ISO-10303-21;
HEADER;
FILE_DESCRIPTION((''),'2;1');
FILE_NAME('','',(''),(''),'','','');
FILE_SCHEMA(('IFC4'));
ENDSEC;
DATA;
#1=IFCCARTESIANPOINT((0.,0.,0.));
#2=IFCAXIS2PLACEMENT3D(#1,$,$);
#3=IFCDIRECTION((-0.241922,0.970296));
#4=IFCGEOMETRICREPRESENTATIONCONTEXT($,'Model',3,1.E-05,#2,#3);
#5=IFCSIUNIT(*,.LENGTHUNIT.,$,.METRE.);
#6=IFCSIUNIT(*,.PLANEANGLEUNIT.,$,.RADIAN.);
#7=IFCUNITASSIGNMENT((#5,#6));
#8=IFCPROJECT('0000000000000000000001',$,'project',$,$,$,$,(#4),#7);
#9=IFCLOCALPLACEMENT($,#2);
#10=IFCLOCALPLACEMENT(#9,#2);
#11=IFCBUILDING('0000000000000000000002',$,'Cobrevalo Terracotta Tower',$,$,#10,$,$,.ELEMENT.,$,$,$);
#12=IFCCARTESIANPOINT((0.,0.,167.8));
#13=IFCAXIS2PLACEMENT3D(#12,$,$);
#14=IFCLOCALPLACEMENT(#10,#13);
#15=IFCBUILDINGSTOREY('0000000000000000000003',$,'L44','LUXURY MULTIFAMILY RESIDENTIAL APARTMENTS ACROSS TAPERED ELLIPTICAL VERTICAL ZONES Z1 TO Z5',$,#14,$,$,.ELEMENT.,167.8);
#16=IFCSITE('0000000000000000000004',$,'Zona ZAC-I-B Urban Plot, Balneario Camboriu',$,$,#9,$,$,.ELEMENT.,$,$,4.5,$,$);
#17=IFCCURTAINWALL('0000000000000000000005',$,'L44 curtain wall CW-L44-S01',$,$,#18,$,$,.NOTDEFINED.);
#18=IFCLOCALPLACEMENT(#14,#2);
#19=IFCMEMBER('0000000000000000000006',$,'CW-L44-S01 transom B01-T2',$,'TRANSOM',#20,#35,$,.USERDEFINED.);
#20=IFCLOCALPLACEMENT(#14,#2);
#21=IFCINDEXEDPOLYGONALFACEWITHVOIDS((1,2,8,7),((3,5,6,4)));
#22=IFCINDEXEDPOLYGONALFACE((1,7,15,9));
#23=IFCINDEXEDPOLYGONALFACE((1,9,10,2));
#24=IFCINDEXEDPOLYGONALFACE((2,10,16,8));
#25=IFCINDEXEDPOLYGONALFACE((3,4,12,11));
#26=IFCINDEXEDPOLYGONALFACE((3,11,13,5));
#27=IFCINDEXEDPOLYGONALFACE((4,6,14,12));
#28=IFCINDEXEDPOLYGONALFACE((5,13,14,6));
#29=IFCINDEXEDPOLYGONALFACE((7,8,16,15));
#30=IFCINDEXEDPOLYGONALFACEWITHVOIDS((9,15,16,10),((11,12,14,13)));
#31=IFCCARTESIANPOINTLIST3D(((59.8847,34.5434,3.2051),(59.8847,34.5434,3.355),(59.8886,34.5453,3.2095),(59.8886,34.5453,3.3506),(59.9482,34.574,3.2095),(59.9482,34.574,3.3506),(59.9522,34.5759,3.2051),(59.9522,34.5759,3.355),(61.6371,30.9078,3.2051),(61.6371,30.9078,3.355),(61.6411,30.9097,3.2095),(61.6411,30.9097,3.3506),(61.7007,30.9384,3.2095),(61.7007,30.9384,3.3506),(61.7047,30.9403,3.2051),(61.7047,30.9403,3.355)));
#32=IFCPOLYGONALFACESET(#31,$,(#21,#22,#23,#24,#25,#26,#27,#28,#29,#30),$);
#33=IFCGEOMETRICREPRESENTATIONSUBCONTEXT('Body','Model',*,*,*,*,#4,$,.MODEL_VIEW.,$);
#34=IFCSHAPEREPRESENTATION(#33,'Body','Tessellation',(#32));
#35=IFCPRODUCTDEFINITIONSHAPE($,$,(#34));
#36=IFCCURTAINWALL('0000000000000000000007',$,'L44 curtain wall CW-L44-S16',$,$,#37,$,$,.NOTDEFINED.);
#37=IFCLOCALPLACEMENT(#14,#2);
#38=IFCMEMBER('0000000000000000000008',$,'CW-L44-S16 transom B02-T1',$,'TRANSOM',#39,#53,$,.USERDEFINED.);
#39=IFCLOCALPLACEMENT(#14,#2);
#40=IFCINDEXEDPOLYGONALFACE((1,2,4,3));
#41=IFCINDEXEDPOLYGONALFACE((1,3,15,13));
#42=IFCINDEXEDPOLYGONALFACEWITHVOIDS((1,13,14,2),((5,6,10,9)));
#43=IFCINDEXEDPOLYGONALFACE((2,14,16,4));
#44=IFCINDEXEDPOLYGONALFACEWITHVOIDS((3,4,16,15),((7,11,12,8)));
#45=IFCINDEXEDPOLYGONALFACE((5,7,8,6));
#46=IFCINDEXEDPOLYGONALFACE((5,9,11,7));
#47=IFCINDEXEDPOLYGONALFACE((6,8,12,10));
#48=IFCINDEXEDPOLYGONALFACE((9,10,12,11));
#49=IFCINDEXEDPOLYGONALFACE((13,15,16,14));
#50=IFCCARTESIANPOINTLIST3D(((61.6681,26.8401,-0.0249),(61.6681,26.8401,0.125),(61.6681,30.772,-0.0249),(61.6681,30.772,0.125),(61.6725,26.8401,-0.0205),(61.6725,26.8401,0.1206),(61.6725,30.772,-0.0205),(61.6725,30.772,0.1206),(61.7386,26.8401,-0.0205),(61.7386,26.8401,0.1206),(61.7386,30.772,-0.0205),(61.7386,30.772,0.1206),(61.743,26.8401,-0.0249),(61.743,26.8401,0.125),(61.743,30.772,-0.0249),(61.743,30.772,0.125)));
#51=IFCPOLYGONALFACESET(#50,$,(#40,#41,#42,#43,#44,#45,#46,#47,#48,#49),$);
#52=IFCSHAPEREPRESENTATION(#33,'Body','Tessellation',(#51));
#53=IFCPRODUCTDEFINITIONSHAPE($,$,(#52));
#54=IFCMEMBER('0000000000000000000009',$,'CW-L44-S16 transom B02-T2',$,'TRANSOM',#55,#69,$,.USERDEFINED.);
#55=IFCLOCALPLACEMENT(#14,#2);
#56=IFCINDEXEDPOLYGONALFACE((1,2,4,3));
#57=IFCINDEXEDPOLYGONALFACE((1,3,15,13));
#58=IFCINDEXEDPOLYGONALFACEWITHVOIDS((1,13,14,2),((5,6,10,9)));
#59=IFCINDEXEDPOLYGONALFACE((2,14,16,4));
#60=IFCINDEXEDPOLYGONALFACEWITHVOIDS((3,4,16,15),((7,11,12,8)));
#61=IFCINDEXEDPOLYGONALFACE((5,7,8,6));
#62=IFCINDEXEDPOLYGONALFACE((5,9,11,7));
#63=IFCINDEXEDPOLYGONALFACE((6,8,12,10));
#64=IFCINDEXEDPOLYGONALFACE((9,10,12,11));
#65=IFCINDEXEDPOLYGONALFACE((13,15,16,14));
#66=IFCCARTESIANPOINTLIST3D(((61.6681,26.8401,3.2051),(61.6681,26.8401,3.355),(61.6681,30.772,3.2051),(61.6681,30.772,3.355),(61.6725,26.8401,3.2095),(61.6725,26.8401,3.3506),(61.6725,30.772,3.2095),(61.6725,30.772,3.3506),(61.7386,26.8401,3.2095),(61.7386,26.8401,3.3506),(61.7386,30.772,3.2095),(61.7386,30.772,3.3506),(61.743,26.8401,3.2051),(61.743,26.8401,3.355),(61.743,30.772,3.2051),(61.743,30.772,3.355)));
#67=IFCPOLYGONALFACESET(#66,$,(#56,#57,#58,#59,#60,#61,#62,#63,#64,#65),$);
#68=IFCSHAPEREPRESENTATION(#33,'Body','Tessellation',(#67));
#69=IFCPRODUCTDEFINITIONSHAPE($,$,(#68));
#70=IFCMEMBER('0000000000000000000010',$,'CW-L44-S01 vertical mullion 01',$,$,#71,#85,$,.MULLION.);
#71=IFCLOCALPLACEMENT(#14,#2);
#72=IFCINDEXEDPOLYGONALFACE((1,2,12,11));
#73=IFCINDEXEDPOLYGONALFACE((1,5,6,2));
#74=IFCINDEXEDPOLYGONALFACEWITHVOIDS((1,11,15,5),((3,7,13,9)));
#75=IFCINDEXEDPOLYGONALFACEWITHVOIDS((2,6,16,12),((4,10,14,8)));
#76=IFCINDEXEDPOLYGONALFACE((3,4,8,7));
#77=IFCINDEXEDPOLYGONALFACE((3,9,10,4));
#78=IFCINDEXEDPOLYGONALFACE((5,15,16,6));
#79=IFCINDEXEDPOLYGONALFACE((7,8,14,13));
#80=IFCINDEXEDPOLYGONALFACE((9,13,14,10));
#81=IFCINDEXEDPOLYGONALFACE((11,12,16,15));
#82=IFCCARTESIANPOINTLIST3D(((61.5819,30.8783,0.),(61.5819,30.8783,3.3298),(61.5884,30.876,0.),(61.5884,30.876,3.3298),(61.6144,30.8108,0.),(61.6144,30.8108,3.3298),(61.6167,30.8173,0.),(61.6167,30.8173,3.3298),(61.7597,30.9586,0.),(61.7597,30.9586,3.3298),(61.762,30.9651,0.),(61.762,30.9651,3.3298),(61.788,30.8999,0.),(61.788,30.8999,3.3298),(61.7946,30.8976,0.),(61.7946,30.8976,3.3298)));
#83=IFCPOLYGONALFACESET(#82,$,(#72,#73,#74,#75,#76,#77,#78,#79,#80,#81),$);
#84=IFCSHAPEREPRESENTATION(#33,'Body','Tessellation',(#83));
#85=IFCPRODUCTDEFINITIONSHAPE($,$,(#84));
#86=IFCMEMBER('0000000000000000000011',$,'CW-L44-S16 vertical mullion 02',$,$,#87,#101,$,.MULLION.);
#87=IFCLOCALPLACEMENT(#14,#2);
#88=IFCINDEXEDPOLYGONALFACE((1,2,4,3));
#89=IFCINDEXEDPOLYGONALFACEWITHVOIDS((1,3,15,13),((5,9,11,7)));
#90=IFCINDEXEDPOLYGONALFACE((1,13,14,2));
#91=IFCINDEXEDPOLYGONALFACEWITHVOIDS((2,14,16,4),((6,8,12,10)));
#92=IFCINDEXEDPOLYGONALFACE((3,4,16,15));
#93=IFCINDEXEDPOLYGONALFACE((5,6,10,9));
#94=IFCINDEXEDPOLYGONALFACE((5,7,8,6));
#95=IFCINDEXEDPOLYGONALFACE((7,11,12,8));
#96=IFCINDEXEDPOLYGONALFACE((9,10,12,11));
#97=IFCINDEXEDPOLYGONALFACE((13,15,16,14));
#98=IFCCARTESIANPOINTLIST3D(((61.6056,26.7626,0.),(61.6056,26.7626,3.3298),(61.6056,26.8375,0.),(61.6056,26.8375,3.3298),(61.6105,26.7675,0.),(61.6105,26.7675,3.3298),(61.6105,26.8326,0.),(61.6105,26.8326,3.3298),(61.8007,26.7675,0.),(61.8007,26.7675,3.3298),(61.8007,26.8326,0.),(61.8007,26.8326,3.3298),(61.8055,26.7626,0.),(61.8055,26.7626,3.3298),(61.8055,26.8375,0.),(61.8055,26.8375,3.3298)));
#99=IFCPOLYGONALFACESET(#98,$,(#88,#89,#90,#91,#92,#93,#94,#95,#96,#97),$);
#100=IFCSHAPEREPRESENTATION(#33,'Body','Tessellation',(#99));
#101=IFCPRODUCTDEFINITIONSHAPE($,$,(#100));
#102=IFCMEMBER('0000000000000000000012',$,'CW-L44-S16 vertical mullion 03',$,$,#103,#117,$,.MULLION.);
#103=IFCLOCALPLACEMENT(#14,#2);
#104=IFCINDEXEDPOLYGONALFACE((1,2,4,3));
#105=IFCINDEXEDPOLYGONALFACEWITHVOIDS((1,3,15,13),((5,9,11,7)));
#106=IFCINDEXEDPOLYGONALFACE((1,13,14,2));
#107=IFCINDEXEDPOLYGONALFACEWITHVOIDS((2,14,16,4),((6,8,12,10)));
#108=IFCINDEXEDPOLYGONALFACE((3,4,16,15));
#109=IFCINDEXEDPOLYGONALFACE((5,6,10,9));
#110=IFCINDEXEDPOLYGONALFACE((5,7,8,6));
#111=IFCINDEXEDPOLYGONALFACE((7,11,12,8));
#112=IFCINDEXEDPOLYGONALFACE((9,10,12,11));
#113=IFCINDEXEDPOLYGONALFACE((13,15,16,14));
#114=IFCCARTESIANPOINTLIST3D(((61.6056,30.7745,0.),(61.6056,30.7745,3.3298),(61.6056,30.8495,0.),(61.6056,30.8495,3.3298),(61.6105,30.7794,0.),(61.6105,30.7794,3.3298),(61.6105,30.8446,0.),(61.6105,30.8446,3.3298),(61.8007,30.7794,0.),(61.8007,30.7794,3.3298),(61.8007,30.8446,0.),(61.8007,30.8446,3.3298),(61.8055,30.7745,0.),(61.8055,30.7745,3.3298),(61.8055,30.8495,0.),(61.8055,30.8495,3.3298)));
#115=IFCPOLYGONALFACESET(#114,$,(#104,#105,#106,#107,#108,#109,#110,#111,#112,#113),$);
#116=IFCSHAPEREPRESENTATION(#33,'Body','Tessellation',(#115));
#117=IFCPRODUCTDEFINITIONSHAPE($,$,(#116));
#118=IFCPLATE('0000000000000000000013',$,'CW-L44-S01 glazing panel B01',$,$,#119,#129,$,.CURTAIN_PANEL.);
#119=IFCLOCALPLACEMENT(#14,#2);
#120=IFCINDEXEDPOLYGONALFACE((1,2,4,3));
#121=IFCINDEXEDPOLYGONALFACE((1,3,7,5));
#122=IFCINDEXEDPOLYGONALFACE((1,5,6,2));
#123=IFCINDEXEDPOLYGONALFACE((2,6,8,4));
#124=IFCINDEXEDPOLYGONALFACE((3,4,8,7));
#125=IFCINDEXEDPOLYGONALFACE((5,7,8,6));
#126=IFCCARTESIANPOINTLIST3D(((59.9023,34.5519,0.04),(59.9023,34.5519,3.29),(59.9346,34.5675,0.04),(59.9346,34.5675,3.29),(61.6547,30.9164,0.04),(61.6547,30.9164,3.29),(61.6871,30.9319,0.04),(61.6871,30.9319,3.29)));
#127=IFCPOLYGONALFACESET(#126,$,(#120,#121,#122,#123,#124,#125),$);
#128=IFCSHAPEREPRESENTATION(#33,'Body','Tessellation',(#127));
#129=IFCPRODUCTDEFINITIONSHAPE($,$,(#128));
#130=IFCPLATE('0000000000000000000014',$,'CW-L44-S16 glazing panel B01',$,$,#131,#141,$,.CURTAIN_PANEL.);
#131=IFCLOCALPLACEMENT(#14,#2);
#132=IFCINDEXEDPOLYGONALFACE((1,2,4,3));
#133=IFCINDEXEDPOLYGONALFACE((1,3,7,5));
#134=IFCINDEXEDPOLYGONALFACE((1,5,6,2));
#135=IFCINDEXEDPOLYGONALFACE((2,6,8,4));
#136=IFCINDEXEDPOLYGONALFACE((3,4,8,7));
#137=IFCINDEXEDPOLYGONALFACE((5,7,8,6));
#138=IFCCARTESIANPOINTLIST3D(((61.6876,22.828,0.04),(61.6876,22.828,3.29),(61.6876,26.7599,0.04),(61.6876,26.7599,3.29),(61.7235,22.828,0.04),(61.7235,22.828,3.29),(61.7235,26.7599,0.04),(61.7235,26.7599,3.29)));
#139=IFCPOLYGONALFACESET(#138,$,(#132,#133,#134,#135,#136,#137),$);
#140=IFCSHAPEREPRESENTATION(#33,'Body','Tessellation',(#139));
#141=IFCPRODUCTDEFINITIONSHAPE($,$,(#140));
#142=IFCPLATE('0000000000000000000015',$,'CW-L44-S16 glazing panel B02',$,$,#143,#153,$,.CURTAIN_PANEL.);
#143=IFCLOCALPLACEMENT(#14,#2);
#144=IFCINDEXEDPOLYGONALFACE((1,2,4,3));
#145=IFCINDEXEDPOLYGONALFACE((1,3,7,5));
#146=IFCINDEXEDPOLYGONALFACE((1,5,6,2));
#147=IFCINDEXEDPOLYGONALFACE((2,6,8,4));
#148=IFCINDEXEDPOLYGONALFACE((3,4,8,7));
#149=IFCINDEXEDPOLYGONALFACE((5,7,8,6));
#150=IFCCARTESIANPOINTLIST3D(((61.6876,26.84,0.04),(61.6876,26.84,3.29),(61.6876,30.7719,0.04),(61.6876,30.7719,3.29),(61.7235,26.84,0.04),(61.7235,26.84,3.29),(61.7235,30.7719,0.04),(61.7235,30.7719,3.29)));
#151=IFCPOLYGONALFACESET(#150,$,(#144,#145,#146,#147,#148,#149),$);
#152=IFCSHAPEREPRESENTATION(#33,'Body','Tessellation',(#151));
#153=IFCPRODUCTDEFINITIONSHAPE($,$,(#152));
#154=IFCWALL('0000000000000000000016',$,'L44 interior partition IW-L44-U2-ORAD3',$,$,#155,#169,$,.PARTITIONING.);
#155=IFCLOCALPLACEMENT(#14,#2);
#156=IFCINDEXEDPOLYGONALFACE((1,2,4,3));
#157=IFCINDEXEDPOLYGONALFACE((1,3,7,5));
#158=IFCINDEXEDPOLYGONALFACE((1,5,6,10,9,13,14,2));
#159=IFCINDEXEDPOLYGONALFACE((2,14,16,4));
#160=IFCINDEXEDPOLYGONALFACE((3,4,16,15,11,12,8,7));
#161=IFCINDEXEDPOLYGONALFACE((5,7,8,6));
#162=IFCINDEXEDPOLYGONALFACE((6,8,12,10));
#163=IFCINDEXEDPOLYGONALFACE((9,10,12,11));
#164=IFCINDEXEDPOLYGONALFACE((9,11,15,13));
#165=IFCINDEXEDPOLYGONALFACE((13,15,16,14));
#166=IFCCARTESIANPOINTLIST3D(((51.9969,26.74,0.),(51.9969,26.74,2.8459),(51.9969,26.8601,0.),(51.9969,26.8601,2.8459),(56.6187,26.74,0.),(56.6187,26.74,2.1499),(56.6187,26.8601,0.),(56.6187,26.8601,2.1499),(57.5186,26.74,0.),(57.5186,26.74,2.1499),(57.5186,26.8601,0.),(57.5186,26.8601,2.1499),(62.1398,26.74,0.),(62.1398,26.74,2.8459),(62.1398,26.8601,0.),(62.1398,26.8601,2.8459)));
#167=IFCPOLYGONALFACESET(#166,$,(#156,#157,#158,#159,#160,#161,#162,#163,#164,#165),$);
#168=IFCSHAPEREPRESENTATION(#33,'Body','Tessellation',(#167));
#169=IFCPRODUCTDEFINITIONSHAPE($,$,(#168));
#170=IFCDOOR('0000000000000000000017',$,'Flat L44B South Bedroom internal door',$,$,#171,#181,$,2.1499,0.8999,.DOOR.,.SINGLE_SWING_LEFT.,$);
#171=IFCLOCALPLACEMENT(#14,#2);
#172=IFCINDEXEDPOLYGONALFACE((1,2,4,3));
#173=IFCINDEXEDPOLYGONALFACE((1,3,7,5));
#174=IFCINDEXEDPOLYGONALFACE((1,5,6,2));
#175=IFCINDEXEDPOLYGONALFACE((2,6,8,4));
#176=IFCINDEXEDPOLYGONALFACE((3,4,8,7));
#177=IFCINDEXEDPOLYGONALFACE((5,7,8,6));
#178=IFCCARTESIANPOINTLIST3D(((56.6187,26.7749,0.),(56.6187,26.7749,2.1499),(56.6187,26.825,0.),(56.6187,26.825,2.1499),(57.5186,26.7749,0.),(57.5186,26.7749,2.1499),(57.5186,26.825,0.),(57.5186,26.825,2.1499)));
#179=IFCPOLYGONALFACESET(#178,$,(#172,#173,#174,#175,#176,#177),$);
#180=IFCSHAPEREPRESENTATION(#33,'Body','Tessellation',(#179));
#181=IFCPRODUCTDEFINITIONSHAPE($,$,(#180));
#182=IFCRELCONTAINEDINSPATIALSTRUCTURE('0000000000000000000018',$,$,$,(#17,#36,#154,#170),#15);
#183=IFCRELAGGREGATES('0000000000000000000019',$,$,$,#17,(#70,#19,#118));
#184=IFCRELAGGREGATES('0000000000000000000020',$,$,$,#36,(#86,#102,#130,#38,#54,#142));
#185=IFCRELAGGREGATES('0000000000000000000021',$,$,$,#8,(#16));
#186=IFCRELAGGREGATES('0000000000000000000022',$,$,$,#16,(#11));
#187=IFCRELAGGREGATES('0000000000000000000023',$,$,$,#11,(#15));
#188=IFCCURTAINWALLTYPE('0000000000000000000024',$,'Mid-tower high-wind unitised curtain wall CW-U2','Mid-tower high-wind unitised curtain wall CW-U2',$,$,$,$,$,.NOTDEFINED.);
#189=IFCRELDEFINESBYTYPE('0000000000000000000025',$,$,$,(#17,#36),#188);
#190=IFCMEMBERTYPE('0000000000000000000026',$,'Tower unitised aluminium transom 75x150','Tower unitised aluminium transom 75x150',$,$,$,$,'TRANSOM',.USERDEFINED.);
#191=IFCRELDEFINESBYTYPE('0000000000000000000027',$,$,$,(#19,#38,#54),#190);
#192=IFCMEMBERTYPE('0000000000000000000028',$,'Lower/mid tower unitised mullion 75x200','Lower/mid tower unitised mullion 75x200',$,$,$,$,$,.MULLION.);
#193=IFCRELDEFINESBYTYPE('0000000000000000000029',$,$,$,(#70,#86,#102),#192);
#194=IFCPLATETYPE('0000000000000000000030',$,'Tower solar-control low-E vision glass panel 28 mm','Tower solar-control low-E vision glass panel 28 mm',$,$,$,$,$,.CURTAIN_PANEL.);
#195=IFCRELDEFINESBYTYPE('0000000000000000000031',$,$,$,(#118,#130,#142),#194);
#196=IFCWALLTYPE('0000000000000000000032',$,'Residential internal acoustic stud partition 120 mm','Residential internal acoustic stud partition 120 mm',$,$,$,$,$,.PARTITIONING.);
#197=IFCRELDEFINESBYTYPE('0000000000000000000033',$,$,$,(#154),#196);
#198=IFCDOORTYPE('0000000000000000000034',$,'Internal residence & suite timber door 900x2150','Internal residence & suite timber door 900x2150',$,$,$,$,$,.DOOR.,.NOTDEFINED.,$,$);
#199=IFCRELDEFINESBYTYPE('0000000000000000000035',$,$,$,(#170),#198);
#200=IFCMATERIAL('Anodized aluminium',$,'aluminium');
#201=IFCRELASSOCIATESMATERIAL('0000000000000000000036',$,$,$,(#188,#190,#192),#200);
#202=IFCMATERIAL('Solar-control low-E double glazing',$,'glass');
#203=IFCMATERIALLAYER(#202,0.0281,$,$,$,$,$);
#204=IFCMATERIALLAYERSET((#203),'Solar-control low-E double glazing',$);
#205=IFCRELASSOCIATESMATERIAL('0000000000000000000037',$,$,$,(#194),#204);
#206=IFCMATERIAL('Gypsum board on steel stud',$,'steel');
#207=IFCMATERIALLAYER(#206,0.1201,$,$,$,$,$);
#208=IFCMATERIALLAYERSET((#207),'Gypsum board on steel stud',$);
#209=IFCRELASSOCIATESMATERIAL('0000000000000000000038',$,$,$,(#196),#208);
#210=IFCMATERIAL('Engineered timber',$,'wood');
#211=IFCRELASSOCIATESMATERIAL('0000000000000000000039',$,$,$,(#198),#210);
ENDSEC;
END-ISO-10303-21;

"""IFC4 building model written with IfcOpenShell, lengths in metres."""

from ifc_helpers import new_model, si_unit, direction, frame, frame_2d, origin, origin_2d, place, context, subcontext, project, spatial, rectangle, hollow_rectangle, extrude, source, transform, mapped, material, layer, layer_set, material_profile, profile_set, type_object, element, fill, aggregate, save


model = new_model("IFC4")

# Units and contexts
model_context = context("Model", 3, precision=1e-05, world=origin(), true_north=direction((-0.241922, 0.970296)))
body_context = subcontext(model_context, "Body", "Model", "MODEL_VIEW")
ifc_project = project(units=[si_unit("LENGTHUNIT", "METRE"), si_unit("PLANEANGLEUNIT", "RADIAN")], contexts=[model_context])

# Site, building, storey
site_placement = place(None, origin())
site = spatial("IfcSite", under=ifc_project, at=site_placement, Name="Zona ZAC-I-B Urban Plot, Balneario Camboriu", CompositionType="ELEMENT", RefElevation=4.5)
building_placement = place(site_placement, origin())
building = spatial("IfcBuilding", under=site, at=building_placement, Name="Cobrevalo Terracotta Tower", CompositionType="ELEMENT")
storey_placement = place(building_placement, frame((0.0, 0.0, 167.8)))
storey = spatial("IfcBuildingStorey", under=building, at=storey_placement, Name="L44", Description="LUXURY MULTIFAMILY RESIDENTIAL APARTMENTS ACROSS TAPERED ELLIPTICAL VERTICAL ZONES Z1 TO Z5", CompositionType="ELEMENT", Elevation=167.8)

# Curtain walls, members
ifc_material_1 = material(Name="Anodized aluminium", Category="aluminium")
curtain_wall_type = type_object("IfcCurtainWallType", Name="Mid-tower high-wind unitised curtain wall CW-U2", Description="Mid-tower high-wind unitised curtain wall CW-U2", PredefinedType="NOTDEFINED", material=ifc_material_1)
curtain_wall_1_placement = place(storey_placement, origin())
curtain_wall_1 = element("IfcCurtainWall", 1, at=curtain_wall_1_placement, inside=storey, type_object=curtain_wall_type, Name="L44 curtain wall CW-L44-S01", PredefinedType="NOTDEFINED")
ifc_material_profile_1 = material_profile(ifc_material_1, hollow_rectangle(XDim=0.075, YDim=0.1499, WallThickness=0.0044, at=origin_2d()), Name="CWT 75x150")
ifc_profile_set_1 = profile_set([ifc_material_profile_1], Name="Anodized aluminium")
member_type_1 = type_object("IfcMemberType", Name="Tower unitised aluminium transom 75x150", Description="Tower unitised aluminium transom 75x150", ElementType="TRANSOM", PredefinedType="USERDEFINED", material=ifc_profile_set_1)
shared_shape_1 = source(origin(), body_context, "Body", "SweptSolid", [
    extrude(hollow_rectangle(XDim=0.075, YDim=0.1499, WallThickness=0.0044, at=origin_2d()), origin(), (0.0, 0.0, 1.0), 4.0359),
])
member_1_placement = place(storey_placement, frame((61.6709, 30.9241, 3.28), z_axis=(-0.434221, 0.900806, 0.0), x_axis=(-0.900806, -0.434221, 0.0)))
member_1 = element("IfcMember", 2, at=member_1_placement, type_object=member_type_1, Name="CW-L44-S01 transom B01-T2", ObjectType="TRANSOM", PredefinedType="USERDEFINED", context=body_context, shape_type="MappedRepresentation", body=[
    mapped(shared_shape_1, transform((0.0, 0.0, 0.0), scale=1.0)),
])
curtain_wall_2_placement = place(storey_placement, origin())
curtain_wall_2 = element("IfcCurtainWall", 3, at=curtain_wall_2_placement, inside=storey, type_object=curtain_wall_type, Name="L44 curtain wall CW-L44-S16", PredefinedType="NOTDEFINED")
shared_shape_2 = source(origin(), body_context, "Body", "SweptSolid", [
    extrude(hollow_rectangle(XDim=0.075, YDim=0.1499, WallThickness=0.0044, at=origin_2d()), origin(), (0.0, 0.0, 1.0), 3.9319),
])
member_2_placement = place(storey_placement, frame((61.7056, 26.8401, 0.05), z_axis=(0.0, 1.0, 0.0), x_axis=(-1.0, 0.0, 0.0)))
member_2 = element("IfcMember", 4, at=member_2_placement, type_object=member_type_1, Name="CW-L44-S16 transom B02-T1", ObjectType="TRANSOM", PredefinedType="USERDEFINED", context=body_context, shape_type="MappedRepresentation", body=[
    mapped(shared_shape_2, transform((0.0, 0.0, 0.0), scale=1.0)),
])
member_3_placement = place(storey_placement, frame((61.7056, 26.8401, 3.28), z_axis=(0.0, 1.0, 0.0), x_axis=(-1.0, 0.0, 0.0)))
member_3 = element("IfcMember", 5, at=member_3_placement, type_object=member_type_1, Name="CW-L44-S16 transom B02-T2", ObjectType="TRANSOM", PredefinedType="USERDEFINED", context=body_context, shape_type="MappedRepresentation", body=[
    mapped(shared_shape_2, transform((0.0, 0.0, 0.0), scale=1.0)),
])

# Members
ifc_material_profile_2 = material_profile(ifc_material_1, hollow_rectangle(XDim=0.075, YDim=0.2, WallThickness=0.0049, at=origin_2d()), Name="CWM 75x200")
ifc_profile_set_2 = profile_set([ifc_material_profile_2], Name="Anodized aluminium")
member_type_2 = type_object("IfcMemberType", Name="Lower/mid tower unitised mullion 75x200", Description="Lower/mid tower unitised mullion 75x200", PredefinedType="MULLION", material=ifc_profile_set_2)
shared_shape_3 = source(origin(), body_context, "Body", "SweptSolid", [
    extrude(hollow_rectangle(XDim=0.075, YDim=0.2, WallThickness=0.0049, at=origin_2d()), origin(), (0.0, 0.0, 1.0), 3.3298),
])
member_4_placement = place(storey_placement, frame((61.6882, 30.8879, 0.0), z_axis=(0.0, 0.0, 1.0), x_axis=(-0.434209, 0.900812, 0.0)))
member_4 = element("IfcMember", 6, at=member_4_placement, type_object=member_type_2, Name="CW-L44-S01 vertical mullion 01", PredefinedType="MULLION", context=body_context, shape_type="MappedRepresentation", body=[
    mapped(shared_shape_3, transform((0.0, 0.0, 0.0), scale=1.0)),
])
member_5_placement = place(storey_placement, frame((61.7056, 26.8, 0.0), z_axis=(0.0, 0.0, 1.0), x_axis=(0.0, 1.0, 0.0)))
member_5 = element("IfcMember", 7, at=member_5_placement, type_object=member_type_2, Name="CW-L44-S16 vertical mullion 02", PredefinedType="MULLION", context=body_context, shape_type="MappedRepresentation", body=[
    mapped(shared_shape_3, transform((0.0, 0.0, 0.0), scale=1.0)),
])
member_6_placement = place(storey_placement, frame((61.7056, 30.812, 0.0), z_axis=(0.0, 0.0, 1.0), x_axis=(0.0, 1.0, 0.0)))
member_6 = element("IfcMember", 8, at=member_6_placement, type_object=member_type_2, Name="CW-L44-S16 vertical mullion 03", PredefinedType="MULLION", context=body_context, shape_type="MappedRepresentation", body=[
    mapped(shared_shape_3, transform((0.0, 0.0, 0.0), scale=1.0)),
])

# Plates
ifc_material_2 = material(Name="Solar-control low-E double glazing", Category="glass")
ifc_layer_1 = layer(ifc_material_2, 0.0281)
ifc_layer_set_1 = layer_set([ifc_layer_1], Name="Solar-control low-E double glazing")
plate_type = type_object("IfcPlateType", Name="Tower solar-control low-E vision glass panel 28 mm", Description="Tower solar-control low-E vision glass panel 28 mm", PredefinedType="CURTAIN_PANEL", material=ifc_layer_set_1)
shared_shape_4 = source(origin(), body_context, "Body", "SweptSolid", [
    extrude(rectangle(XDim=4.0359, YDim=0.0359, at=origin_2d()), origin(), (0.0, 0.0, 1.0), 3.25),
])
plate_1_placement = place(storey_placement, frame((60.7947, 32.7419, 0.04), z_axis=(0.0, 0.0, 1.0), x_axis=(-0.434209, 0.900812, 0.0)))
plate_1 = element("IfcPlate", 9, at=plate_1_placement, type_object=plate_type, Name="CW-L44-S01 glazing panel B01", PredefinedType="CURTAIN_PANEL", context=body_context, shape_type="MappedRepresentation", body=[
    mapped(shared_shape_4, transform((0.0, 0.0, 0.0), scale=1.0)),
])
aggregate(curtain_wall_1, [member_4, member_1, plate_1])
shared_shape_5 = source(origin(), body_context, "Body", "SweptSolid", [
    extrude(rectangle(XDim=3.9319, YDim=0.0359, at=origin_2d()), origin(), (0.0, 0.0, 1.0), 3.25),
])
plate_2_placement = place(storey_placement, frame((61.7056, 24.7939, 0.04), z_axis=(0.0, 0.0, 1.0), x_axis=(0.0, 1.0, 0.0)))
plate_2 = element("IfcPlate", 10, at=plate_2_placement, type_object=plate_type, Name="CW-L44-S16 glazing panel B01", PredefinedType="CURTAIN_PANEL", context=body_context, shape_type="MappedRepresentation", body=[
    mapped(shared_shape_5, transform((0.0, 0.0, 0.0), scale=1.0)),
])
plate_3_placement = place(storey_placement, frame((61.7056, 28.8059, 0.04), z_axis=(0.0, 0.0, 1.0), x_axis=(0.0, 1.0, 0.0)))
plate_3 = element("IfcPlate", 11, at=plate_3_placement, type_object=plate_type, Name="CW-L44-S16 glazing panel B02", PredefinedType="CURTAIN_PANEL", context=body_context, shape_type="MappedRepresentation", body=[
    mapped(shared_shape_5, transform((0.0, 0.0, 0.0), scale=1.0)),
])
aggregate(curtain_wall_2, [member_5, member_6, plate_2, member_2, member_3, plate_3])

# Wall, opening, door
ifc_material_3 = material(Name="Gypsum board on steel stud", Category="steel")
ifc_layer_2 = layer(ifc_material_3, 0.1201)
ifc_layer_set_2 = layer_set([ifc_layer_2], Name="Gypsum board on steel stud")
wall_type = type_object("IfcWallType", Name="Residential internal acoustic stud partition 120 mm", Description="Residential internal acoustic stud partition 120 mm", PredefinedType="PARTITIONING", material=ifc_layer_set_2)
wall_1_placement = place(storey_placement, frame((51.9971, 26.8, 0.0), z_axis=(0.0, 0.0, 1.0), x_axis=(1.0, 0.0, 0.0)))
wall_1 = element("IfcWall", 12, at=wall_1_placement, inside=storey, type_object=wall_type, Name="L44 interior partition IW-L44-U2-ORAD3", PredefinedType="PARTITIONING", context=body_context, shape_type="SweptSolid", body=[
    extrude(rectangle(XDim=10.1428, YDim=0.1201, at=frame_2d((5.0713, 0.0))), origin(), (0.0, 0.0, 1.0), 2.8459),
])
opening_1_placement = place(wall_1_placement, frame((4.6216, 0.0, 0.0)))
opening_1 = element("IfcOpeningElement", 13, at=opening_1_placement, cuts=wall_1, PredefinedType="OPENING", context=body_context, shape_type="SweptSolid", body=[
    extrude(rectangle(XDim=0.8999, YDim=2.1499, at=frame_2d((0.45, 1.075))), frame((0.0, 0.0701, 0.0), z_axis=(0.0, -1.0, 0.0), x_axis=(1.0, 0.0, 0.0)), (0.0, 0.0, 1.0), 0.1401),
])
ifc_material_4 = material(Name="Engineered timber", Category="wood")
door_type = type_object("IfcDoorType", Name="Internal residence & suite timber door 900x2150", Description="Internal residence & suite timber door 900x2150", OperationType="NOTDEFINED", PredefinedType="DOOR", material=ifc_material_4)
shared_shape_6 = source(origin(), body_context, "Body", "SweptSolid", [
    extrude(rectangle(XDim=0.8999, YDim=2.1499, at=frame_2d((0.45, 1.075))), frame((0.0, 0.0249, 0.0), z_axis=(0.0, -1.0, 0.0), x_axis=(1.0, 0.0, 0.0)), (0.0, 0.0, 1.0), 0.05),
])
door_1_placement = place(opening_1_placement, origin())
door_1 = element("IfcDoor", 14, at=door_1_placement, inside=storey, type_object=door_type, Name="Flat L44B South Bedroom internal door", OperationType="SINGLE_SWING_LEFT", OverallHeight=2.1499, OverallWidth=0.8999, PredefinedType="DOOR", context=body_context, shape_type="MappedRepresentation", body=[
    mapped(shared_shape_6, transform((0.0, 0.0, 0.0), scale=1.0)),
])
fill(opening_1, door_1)

save(model, "model.ifc")
